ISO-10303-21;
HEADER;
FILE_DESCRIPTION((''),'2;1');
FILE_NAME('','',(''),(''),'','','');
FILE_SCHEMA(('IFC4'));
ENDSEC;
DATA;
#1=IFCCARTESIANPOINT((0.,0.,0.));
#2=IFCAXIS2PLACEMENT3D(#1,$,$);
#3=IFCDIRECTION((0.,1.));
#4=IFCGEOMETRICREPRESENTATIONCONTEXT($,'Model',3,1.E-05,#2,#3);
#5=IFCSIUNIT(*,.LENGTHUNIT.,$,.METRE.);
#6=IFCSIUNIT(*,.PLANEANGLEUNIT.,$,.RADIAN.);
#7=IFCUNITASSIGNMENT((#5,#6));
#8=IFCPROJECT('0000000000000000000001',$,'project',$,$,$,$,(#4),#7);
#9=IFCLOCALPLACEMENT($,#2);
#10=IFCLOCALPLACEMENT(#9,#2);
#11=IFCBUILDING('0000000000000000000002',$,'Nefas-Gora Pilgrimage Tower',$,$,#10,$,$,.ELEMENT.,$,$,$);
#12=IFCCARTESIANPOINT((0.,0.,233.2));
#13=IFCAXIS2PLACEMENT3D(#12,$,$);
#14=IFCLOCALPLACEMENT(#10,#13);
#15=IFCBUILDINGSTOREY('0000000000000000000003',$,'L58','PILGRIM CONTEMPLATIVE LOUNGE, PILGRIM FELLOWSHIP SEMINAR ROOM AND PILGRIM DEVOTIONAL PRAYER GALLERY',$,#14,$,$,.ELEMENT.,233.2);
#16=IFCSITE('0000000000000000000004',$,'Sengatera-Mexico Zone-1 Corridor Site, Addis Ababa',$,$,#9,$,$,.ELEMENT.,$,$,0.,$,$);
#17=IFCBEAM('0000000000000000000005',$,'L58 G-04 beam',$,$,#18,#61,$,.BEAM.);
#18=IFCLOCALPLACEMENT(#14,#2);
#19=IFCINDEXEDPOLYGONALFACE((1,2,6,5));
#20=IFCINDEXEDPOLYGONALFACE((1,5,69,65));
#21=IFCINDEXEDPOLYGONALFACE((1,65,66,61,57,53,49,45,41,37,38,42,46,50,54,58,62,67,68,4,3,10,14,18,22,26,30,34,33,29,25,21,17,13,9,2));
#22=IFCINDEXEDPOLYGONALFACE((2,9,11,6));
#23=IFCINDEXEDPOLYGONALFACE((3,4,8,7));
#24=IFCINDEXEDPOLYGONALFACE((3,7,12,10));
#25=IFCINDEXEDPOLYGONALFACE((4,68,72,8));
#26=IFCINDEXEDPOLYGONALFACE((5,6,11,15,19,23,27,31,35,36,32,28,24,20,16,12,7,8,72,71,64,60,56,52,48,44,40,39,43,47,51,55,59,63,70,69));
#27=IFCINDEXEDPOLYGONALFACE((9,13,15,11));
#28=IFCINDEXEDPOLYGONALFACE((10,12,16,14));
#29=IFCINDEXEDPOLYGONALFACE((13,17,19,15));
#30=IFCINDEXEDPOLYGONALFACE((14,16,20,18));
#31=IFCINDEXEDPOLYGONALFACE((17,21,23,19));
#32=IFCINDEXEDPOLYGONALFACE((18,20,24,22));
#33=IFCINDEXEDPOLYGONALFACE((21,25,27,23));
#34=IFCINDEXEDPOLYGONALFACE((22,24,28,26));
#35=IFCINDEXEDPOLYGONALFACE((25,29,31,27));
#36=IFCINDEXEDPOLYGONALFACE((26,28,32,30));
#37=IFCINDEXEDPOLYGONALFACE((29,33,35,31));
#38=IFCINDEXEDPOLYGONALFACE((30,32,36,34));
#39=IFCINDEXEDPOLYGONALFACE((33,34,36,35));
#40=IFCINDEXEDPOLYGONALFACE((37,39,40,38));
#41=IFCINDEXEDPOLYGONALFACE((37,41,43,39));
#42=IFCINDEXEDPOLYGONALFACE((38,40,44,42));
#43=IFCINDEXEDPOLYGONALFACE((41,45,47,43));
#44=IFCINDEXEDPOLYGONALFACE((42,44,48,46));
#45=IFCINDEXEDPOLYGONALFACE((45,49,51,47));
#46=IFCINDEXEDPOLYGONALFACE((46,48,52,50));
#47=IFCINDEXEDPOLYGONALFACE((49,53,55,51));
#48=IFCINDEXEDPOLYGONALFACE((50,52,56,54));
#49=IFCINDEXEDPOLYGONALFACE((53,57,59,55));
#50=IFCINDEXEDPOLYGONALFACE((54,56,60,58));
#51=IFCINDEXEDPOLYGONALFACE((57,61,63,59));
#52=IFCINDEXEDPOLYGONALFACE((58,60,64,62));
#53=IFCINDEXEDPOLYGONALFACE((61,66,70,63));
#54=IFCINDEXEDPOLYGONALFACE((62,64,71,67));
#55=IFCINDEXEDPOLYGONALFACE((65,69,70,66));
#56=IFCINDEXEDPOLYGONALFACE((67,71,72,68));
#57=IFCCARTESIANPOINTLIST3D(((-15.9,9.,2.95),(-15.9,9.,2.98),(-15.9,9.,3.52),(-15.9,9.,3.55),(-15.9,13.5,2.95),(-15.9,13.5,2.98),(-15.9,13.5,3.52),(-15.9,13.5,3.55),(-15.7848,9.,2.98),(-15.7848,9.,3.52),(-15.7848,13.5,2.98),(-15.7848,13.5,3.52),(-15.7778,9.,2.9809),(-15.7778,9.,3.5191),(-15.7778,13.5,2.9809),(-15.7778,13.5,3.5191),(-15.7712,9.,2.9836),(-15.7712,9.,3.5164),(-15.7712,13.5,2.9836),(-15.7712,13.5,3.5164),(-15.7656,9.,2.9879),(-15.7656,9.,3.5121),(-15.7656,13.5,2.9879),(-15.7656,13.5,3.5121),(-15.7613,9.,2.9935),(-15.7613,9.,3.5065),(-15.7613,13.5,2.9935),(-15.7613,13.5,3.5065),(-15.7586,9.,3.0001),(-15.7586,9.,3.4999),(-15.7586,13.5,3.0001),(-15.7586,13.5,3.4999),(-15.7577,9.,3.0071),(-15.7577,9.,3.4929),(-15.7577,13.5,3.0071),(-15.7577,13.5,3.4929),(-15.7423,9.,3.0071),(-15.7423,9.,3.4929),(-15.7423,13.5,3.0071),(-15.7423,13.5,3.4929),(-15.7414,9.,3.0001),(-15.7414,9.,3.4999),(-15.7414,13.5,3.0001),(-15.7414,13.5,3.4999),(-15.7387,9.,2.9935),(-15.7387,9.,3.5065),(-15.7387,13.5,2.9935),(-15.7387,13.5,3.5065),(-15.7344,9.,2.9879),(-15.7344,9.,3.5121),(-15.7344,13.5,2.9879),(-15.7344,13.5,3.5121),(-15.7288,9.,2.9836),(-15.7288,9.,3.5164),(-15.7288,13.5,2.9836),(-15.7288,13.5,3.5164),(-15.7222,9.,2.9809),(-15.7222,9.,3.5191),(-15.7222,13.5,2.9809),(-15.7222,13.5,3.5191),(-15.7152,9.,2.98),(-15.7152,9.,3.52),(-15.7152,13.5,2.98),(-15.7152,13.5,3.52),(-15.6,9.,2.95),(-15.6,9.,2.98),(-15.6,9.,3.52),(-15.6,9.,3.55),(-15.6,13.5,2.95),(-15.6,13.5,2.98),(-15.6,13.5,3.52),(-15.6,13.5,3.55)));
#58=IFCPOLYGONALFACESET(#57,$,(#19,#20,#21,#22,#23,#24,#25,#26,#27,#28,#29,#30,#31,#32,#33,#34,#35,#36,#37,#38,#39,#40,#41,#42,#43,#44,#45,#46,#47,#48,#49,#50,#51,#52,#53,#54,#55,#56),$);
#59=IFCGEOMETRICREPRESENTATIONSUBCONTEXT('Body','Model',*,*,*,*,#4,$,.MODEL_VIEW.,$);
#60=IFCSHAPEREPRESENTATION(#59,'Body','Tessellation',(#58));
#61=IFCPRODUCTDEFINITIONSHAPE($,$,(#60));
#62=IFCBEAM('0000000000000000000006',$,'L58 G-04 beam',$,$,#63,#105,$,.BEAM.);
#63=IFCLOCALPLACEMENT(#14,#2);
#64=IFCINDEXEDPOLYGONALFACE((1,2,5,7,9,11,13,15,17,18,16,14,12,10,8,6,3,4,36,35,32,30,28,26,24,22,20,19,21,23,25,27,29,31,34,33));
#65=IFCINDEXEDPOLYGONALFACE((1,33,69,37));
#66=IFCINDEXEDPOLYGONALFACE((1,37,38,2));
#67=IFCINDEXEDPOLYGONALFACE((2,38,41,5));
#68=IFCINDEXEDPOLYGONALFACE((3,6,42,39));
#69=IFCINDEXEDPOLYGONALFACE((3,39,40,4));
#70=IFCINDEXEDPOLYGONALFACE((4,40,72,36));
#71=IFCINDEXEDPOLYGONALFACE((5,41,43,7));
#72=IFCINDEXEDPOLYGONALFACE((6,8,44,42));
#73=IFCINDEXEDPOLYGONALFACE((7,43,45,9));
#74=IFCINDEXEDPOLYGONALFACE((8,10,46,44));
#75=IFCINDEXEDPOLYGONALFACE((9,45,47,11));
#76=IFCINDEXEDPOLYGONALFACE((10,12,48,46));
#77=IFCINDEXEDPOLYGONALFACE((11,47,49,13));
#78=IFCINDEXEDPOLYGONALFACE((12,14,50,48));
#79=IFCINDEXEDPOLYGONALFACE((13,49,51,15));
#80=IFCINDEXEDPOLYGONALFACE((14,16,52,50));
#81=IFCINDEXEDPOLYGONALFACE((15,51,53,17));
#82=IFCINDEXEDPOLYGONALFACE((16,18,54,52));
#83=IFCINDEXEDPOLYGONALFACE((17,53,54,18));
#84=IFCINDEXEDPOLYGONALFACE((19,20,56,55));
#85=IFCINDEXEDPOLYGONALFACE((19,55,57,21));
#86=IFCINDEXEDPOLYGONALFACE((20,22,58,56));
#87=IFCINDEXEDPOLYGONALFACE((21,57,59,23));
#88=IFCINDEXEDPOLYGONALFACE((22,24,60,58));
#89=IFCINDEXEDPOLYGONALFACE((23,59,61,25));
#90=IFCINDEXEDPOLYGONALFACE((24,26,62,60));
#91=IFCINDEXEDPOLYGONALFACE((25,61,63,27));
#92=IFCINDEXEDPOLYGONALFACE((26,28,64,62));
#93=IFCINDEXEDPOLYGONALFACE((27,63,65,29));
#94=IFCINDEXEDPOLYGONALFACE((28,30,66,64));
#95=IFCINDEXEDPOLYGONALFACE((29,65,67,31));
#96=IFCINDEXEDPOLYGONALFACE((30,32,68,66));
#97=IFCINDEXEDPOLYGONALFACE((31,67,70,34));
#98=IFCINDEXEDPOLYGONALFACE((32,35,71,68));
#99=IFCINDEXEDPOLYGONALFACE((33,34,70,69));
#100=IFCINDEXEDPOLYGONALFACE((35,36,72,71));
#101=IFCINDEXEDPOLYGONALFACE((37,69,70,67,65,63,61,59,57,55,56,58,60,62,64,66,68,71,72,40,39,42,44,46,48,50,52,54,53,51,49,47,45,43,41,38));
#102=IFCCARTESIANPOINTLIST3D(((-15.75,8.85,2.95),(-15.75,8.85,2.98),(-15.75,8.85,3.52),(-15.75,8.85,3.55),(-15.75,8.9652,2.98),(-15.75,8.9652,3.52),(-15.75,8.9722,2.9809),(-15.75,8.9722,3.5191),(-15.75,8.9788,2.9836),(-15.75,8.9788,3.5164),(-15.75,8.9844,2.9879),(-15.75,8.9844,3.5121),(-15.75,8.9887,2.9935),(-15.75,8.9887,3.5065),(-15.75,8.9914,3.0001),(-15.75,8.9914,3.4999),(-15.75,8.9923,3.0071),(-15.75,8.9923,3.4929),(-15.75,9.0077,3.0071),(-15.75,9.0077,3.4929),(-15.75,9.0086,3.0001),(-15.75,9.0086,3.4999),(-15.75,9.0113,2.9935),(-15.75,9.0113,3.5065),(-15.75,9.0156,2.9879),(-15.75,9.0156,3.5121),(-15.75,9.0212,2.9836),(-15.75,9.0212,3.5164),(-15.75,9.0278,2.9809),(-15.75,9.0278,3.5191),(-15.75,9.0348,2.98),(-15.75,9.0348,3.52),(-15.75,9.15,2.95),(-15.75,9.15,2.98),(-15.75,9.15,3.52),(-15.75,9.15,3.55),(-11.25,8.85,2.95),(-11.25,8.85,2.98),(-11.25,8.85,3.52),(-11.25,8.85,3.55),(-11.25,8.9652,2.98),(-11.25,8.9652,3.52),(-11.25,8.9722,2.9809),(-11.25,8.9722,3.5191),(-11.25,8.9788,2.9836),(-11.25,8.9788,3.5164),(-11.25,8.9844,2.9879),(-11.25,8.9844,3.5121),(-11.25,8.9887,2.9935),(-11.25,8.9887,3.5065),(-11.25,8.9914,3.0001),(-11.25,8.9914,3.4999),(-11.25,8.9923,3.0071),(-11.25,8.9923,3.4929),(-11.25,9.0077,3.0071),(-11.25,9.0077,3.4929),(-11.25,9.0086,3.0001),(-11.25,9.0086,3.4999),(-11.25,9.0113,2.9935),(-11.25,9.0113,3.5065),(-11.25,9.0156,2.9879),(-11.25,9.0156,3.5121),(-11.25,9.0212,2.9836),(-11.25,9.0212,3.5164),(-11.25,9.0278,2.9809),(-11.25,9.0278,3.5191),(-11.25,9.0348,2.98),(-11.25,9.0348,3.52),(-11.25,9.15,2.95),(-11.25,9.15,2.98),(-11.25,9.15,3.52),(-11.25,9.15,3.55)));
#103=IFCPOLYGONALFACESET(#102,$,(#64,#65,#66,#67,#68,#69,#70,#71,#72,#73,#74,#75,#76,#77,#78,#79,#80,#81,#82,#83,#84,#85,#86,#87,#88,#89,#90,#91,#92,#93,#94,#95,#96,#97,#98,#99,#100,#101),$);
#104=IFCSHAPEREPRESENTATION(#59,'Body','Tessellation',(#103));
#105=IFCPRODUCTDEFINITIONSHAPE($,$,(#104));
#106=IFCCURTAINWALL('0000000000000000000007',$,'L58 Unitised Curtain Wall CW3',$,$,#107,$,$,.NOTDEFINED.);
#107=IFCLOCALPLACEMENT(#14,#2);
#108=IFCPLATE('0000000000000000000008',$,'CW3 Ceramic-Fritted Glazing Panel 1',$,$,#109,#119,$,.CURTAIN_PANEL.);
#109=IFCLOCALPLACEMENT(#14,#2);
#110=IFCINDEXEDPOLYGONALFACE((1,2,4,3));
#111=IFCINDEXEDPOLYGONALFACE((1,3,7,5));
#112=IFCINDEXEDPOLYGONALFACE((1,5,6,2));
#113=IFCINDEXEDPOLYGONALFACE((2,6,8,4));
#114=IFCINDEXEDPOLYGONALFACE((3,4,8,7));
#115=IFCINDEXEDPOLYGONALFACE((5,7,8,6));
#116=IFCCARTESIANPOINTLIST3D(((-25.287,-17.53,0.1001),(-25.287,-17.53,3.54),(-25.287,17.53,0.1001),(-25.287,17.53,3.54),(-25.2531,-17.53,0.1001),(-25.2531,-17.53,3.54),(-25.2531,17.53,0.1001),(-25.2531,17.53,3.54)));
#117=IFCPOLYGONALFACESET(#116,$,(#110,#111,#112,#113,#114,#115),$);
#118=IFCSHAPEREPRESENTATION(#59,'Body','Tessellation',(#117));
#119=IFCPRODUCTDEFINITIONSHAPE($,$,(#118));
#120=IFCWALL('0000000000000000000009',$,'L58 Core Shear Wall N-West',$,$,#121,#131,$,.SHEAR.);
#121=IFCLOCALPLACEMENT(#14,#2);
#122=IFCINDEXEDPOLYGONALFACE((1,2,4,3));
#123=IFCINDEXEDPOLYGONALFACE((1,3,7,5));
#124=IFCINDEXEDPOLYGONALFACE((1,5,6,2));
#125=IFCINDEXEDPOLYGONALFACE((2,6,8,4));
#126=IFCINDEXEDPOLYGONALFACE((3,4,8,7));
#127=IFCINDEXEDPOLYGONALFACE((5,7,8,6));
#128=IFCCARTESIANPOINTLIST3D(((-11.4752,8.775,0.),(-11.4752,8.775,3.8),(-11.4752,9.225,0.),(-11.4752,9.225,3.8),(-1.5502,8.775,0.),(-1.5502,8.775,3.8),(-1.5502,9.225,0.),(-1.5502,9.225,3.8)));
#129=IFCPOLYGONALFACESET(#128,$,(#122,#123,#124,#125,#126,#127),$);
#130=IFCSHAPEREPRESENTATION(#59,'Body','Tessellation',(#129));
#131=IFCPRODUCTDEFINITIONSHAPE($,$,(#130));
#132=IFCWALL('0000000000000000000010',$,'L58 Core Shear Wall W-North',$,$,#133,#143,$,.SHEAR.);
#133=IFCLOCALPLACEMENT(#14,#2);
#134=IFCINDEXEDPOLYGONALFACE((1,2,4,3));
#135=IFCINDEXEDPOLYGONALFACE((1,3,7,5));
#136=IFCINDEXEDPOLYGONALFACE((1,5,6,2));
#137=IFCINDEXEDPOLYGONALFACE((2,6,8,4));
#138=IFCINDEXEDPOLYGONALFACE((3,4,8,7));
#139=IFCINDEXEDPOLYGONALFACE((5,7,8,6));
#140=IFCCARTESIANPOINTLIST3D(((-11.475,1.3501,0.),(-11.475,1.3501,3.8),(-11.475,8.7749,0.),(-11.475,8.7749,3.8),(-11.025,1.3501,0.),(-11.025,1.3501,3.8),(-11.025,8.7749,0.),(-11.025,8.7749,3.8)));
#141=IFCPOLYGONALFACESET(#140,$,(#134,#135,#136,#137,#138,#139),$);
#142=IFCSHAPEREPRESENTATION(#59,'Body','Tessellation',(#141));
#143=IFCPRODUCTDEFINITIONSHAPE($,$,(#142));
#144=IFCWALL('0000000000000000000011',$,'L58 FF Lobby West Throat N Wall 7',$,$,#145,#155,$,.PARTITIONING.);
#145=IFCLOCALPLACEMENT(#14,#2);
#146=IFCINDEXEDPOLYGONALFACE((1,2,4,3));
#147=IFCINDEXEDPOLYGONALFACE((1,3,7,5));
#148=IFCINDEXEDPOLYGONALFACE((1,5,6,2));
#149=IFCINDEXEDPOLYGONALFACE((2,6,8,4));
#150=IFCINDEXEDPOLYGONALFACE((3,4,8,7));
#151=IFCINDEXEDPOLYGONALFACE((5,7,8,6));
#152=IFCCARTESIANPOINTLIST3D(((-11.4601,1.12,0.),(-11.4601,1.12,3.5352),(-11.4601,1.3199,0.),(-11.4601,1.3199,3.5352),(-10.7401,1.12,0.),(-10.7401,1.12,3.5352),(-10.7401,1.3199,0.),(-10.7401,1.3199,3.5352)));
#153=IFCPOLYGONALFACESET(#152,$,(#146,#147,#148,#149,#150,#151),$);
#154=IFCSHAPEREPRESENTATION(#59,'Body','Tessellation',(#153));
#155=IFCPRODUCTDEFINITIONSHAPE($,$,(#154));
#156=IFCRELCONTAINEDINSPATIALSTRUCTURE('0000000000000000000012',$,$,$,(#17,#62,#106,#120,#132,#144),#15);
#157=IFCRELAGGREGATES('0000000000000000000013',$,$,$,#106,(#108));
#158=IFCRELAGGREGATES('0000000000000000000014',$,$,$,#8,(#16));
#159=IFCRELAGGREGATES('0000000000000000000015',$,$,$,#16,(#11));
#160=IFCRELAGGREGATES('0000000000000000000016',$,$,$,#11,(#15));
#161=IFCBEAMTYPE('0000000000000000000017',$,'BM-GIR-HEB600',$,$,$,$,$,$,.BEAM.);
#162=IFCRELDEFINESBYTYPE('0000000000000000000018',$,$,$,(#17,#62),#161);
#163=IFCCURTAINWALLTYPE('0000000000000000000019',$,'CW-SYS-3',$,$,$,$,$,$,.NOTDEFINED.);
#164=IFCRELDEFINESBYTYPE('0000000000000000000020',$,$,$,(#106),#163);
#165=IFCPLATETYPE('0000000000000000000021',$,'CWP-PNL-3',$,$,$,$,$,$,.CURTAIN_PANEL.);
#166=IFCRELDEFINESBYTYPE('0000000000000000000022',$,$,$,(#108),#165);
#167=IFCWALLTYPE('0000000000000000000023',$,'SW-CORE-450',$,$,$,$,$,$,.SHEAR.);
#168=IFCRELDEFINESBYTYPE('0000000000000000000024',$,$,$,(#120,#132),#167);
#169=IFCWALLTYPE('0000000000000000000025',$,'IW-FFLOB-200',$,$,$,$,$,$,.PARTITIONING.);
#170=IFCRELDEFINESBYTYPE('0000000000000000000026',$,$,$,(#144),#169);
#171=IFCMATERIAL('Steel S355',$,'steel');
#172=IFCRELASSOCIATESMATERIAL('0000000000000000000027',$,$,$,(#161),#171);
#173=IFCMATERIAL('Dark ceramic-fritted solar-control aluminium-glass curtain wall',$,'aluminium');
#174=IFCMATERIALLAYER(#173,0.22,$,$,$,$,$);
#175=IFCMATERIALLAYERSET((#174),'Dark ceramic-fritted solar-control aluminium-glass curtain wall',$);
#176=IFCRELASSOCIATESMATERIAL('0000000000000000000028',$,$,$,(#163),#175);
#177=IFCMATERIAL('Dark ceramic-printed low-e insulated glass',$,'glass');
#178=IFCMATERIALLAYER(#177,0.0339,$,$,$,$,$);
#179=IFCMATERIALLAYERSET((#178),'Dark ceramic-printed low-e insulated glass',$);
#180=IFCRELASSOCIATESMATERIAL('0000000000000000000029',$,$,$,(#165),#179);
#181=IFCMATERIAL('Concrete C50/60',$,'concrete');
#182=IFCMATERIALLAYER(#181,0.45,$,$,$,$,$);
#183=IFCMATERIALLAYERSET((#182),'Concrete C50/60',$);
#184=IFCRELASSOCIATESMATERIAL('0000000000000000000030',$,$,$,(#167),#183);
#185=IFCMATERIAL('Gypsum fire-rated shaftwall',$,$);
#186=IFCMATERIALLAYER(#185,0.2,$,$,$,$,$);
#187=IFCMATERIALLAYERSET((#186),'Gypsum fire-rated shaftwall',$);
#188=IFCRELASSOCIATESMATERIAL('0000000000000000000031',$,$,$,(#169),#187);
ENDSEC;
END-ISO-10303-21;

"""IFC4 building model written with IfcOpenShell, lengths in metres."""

from ifc_helpers import new_model, si_unit, direction, frame, frame_2d, origin, origin_2d, place, context, subcontext, project, spatial, rectangle, i_section, extrude, source, transform, mapped, material, layer, layer_set, material_profile, profile_set, type_object, element, aggregate, save


model = new_model("IFC4")

# Units and contexts
model_context = context("Model", 3, precision=1e-05, world=origin(), true_north=direction((0.0, 1.0)))
body_context = subcontext(model_context, "Body", "Model", "MODEL_VIEW")
ifc_project = project(units=[si_unit("LENGTHUNIT", "METRE"), si_unit("PLANEANGLEUNIT", "RADIAN")], contexts=[model_context])

# Site, building, storey
site_placement = place(None, origin())
site = spatial("IfcSite", under=ifc_project, at=site_placement, Name="Sengatera-Mexico Zone-1 Corridor Site, Addis Ababa", CompositionType="ELEMENT", RefElevation=0.0)
building_placement = place(site_placement, origin())
building = spatial("IfcBuilding", under=site, at=building_placement, Name="Nefas-Gora Pilgrimage Tower", CompositionType="ELEMENT")
storey_placement = place(building_placement, frame((0.0, 0.0, 233.2)))
storey = spatial("IfcBuildingStorey", under=building, at=storey_placement, Name="L58", Description="PILGRIM CONTEMPLATIVE LOUNGE, PILGRIM FELLOWSHIP SEMINAR ROOM AND PILGRIM DEVOTIONAL PRAYER GALLERY", CompositionType="ELEMENT", Elevation=233.2)

# Beams
ifc_material_1 = material(Name="Steel S355", Category="steel")
ifc_material_profile_1 = material_profile(ifc_material_1, i_section(OverallWidth=0.3, OverallDepth=0.6001, WebThickness=0.0154, FlangeThickness=0.03, FilletRadius=0.0271, at=origin_2d()), Name="HEB 600")
ifc_profile_set_1 = profile_set([ifc_material_profile_1], Name="Steel S355")
beam_type_1 = type_object("IfcBeamType", Name="BM-GIR-HEB600", PredefinedType="BEAM", material=ifc_profile_set_1)
shared_shape_1 = source(origin(), body_context, "Body", "SweptSolid", [
    extrude(i_section(OverallWidth=0.3, OverallDepth=0.6001, WebThickness=0.0154, FlangeThickness=0.03, FilletRadius=0.0271, at=origin_2d()), origin(), (0.0, 0.0, 1.0), 4.5),
])
for number, where, z_axis, x_axis, name in (
    (1, (-15.75, 9.0, 3.25), (0.0, 1.0, 0.0), (-1.0, 0.0, 0.0), "L58 G-04 beam"),
    (2, (-15.75, 9.0, 3.25), (1.0, 0.0, 0.0), (0.0, 1.0, 0.0), "L58 G-04 beam"),
):
    element("IfcBeam", number, at=place(storey_placement, frame(where, z_axis=z_axis, x_axis=x_axis)), inside=storey, type_object=beam_type_1, Name=name, PredefinedType="BEAM", context=body_context, shape_type="MappedRepresentation", body=[
        mapped(shared_shape_1, transform((0.0, 0.0, 0.0), x_axis=(1.0, 0.0, 0.0), y_axis=(0.0, 1.0, 0.0), z_axis=(0.0, 0.0, 1.0), scale=1.0)),
    ])

# Curtain wall, plate
ifc_material_2 = material(Name="Dark ceramic-fritted solar-control aluminium-glass curtain wall", Category="aluminium")
ifc_layer_1 = layer(ifc_material_2, 0.22)
ifc_layer_set_1 = layer_set([ifc_layer_1], Name="Dark ceramic-fritted solar-control aluminium-glass curtain wall")
curtain_wall_type = type_object("IfcCurtainWallType", Name="CW-SYS-3", PredefinedType="NOTDEFINED", material=ifc_layer_set_1)
curtain_wall_placement = place(storey_placement, origin())
curtain_wall = element("IfcCurtainWall", 3, at=curtain_wall_placement, inside=storey, type_object=curtain_wall_type, Name="L58 Unitised Curtain Wall CW3", PredefinedType="NOTDEFINED")
ifc_material_3 = material(Name="Dark ceramic-printed low-e insulated glass", Category="glass")
ifc_layer_2 = layer(ifc_material_3, 0.0339)
ifc_layer_set_2 = layer_set([ifc_layer_2], Name="Dark ceramic-printed low-e insulated glass")
plate_type = type_object("IfcPlateType", Name="CWP-PNL-3", PredefinedType="CURTAIN_PANEL", material=ifc_layer_set_2)
shared_shape_2 = source(origin(), body_context, "Body", "SweptSolid", [
    extrude(rectangle(XDim=35.0601, YDim=0.0339, at=origin_2d()), origin(), (0.0, 0.0, 1.0), 3.4399),
])
plate_placement = place(storey_placement, frame((-25.27, 0.0, 0.1001), z_axis=(0.0, 0.0, 1.0), x_axis=(0.0, -1.0, 0.0)))
plate = element("IfcPlate", 4, at=plate_placement, type_object=plate_type, Name="CW3 Ceramic-Fritted Glazing Panel 1", PredefinedType="CURTAIN_PANEL", context=body_context, shape_type="MappedRepresentation", body=[
    mapped(shared_shape_2, transform((0.0, 0.0, 0.0), x_axis=(1.0, 0.0, 0.0), y_axis=(0.0, 1.0, 0.0), z_axis=(0.0, 0.0, 1.0), scale=1.0)),
])
aggregate(curtain_wall, [plate])

# Walls
ifc_material_4 = material(Name="Concrete C50/60", Category="concrete")
ifc_layer_3 = layer(ifc_material_4, 0.45)
ifc_layer_set_3 = layer_set([ifc_layer_3], Name="Concrete C50/60")
wall_type_1 = type_object("IfcWallType", Name="SW-CORE-450", PredefinedType="SHEAR", material=ifc_layer_set_3)
shared_shape_3 = source(origin(), body_context, "Body", "SweptSolid", [
    extrude(rectangle(XDim=9.925, YDim=0.45, at=frame_2d((4.9624, 0.0))), origin(), (0.0, 0.0, 1.0), 3.8),
])
wall_1_placement = place(storey_placement, frame((-11.4751, 9.0, 0.0), z_axis=(0.0, 0.0, 1.0), x_axis=(1.0, 0.0, 0.0)))
element("IfcWall", 5, at=wall_1_placement, inside=storey, type_object=wall_type_1, Name="L58 Core Shear Wall N-West", PredefinedType="SHEAR", context=body_context, shape_type="MappedRepresentation", body=[
    mapped(shared_shape_3, transform((0.0, 0.0, 0.0), x_axis=(1.0, 0.0, 0.0), y_axis=(0.0, 1.0, 0.0), z_axis=(0.0, 0.0, 1.0), scale=1.0)),
])
shared_shape_4 = source(origin(), body_context, "Body", "SweptSolid", [
    extrude(rectangle(XDim=7.4248, YDim=0.45, at=frame_2d((3.7124, 0.0))), origin(), (0.0, 0.0, 1.0), 3.8),
])
wall_2_placement = place(storey_placement, frame((-11.25, 1.3501, 0.0), z_axis=(0.0, 0.0, 1.0), x_axis=(0.0, 1.0, 0.0)))
element("IfcWall", 6, at=wall_2_placement, inside=storey, type_object=wall_type_1, Name="L58 Core Shear Wall W-North", PredefinedType="SHEAR", context=body_context, shape_type="MappedRepresentation", body=[
    mapped(shared_shape_4, transform((0.0, 0.0, 0.0), x_axis=(1.0, 0.0, 0.0), y_axis=(0.0, 1.0, 0.0), z_axis=(0.0, 0.0, 1.0), scale=1.0)),
])
ifc_material_5 = material(Name="Gypsum fire-rated shaftwall")
ifc_layer_4 = layer(ifc_material_5, 0.2)
ifc_layer_set_4 = layer_set([ifc_layer_4], Name="Gypsum fire-rated shaftwall")
wall_type_2 = type_object("IfcWallType", Name="IW-FFLOB-200", PredefinedType="PARTITIONING", material=ifc_layer_set_4)
shared_shape_5 = source(origin(), body_context, "Body", "SweptSolid", [
    extrude(rectangle(XDim=0.72, YDim=0.2, at=frame_2d((0.3599, 0.0))), origin(), (0.0, 0.0, 1.0), 3.5352),
])
wall_3_placement = place(storey_placement, frame((-11.46, 1.22, 0.0), z_axis=(0.0, 0.0, 1.0), x_axis=(1.0, 0.0, 0.0)))
element("IfcWall", 7, at=wall_3_placement, inside=storey, type_object=wall_type_2, Name="L58 FF Lobby West Throat N Wall 7", PredefinedType="PARTITIONING", context=body_context, shape_type="MappedRepresentation", body=[
    mapped(shared_shape_5, transform((0.0, 0.0, 0.0), x_axis=(1.0, 0.0, 0.0), y_axis=(0.0, 1.0, 0.0), z_axis=(0.0, 0.0, 1.0), scale=1.0)),
])

save(model, "model.ifc")
